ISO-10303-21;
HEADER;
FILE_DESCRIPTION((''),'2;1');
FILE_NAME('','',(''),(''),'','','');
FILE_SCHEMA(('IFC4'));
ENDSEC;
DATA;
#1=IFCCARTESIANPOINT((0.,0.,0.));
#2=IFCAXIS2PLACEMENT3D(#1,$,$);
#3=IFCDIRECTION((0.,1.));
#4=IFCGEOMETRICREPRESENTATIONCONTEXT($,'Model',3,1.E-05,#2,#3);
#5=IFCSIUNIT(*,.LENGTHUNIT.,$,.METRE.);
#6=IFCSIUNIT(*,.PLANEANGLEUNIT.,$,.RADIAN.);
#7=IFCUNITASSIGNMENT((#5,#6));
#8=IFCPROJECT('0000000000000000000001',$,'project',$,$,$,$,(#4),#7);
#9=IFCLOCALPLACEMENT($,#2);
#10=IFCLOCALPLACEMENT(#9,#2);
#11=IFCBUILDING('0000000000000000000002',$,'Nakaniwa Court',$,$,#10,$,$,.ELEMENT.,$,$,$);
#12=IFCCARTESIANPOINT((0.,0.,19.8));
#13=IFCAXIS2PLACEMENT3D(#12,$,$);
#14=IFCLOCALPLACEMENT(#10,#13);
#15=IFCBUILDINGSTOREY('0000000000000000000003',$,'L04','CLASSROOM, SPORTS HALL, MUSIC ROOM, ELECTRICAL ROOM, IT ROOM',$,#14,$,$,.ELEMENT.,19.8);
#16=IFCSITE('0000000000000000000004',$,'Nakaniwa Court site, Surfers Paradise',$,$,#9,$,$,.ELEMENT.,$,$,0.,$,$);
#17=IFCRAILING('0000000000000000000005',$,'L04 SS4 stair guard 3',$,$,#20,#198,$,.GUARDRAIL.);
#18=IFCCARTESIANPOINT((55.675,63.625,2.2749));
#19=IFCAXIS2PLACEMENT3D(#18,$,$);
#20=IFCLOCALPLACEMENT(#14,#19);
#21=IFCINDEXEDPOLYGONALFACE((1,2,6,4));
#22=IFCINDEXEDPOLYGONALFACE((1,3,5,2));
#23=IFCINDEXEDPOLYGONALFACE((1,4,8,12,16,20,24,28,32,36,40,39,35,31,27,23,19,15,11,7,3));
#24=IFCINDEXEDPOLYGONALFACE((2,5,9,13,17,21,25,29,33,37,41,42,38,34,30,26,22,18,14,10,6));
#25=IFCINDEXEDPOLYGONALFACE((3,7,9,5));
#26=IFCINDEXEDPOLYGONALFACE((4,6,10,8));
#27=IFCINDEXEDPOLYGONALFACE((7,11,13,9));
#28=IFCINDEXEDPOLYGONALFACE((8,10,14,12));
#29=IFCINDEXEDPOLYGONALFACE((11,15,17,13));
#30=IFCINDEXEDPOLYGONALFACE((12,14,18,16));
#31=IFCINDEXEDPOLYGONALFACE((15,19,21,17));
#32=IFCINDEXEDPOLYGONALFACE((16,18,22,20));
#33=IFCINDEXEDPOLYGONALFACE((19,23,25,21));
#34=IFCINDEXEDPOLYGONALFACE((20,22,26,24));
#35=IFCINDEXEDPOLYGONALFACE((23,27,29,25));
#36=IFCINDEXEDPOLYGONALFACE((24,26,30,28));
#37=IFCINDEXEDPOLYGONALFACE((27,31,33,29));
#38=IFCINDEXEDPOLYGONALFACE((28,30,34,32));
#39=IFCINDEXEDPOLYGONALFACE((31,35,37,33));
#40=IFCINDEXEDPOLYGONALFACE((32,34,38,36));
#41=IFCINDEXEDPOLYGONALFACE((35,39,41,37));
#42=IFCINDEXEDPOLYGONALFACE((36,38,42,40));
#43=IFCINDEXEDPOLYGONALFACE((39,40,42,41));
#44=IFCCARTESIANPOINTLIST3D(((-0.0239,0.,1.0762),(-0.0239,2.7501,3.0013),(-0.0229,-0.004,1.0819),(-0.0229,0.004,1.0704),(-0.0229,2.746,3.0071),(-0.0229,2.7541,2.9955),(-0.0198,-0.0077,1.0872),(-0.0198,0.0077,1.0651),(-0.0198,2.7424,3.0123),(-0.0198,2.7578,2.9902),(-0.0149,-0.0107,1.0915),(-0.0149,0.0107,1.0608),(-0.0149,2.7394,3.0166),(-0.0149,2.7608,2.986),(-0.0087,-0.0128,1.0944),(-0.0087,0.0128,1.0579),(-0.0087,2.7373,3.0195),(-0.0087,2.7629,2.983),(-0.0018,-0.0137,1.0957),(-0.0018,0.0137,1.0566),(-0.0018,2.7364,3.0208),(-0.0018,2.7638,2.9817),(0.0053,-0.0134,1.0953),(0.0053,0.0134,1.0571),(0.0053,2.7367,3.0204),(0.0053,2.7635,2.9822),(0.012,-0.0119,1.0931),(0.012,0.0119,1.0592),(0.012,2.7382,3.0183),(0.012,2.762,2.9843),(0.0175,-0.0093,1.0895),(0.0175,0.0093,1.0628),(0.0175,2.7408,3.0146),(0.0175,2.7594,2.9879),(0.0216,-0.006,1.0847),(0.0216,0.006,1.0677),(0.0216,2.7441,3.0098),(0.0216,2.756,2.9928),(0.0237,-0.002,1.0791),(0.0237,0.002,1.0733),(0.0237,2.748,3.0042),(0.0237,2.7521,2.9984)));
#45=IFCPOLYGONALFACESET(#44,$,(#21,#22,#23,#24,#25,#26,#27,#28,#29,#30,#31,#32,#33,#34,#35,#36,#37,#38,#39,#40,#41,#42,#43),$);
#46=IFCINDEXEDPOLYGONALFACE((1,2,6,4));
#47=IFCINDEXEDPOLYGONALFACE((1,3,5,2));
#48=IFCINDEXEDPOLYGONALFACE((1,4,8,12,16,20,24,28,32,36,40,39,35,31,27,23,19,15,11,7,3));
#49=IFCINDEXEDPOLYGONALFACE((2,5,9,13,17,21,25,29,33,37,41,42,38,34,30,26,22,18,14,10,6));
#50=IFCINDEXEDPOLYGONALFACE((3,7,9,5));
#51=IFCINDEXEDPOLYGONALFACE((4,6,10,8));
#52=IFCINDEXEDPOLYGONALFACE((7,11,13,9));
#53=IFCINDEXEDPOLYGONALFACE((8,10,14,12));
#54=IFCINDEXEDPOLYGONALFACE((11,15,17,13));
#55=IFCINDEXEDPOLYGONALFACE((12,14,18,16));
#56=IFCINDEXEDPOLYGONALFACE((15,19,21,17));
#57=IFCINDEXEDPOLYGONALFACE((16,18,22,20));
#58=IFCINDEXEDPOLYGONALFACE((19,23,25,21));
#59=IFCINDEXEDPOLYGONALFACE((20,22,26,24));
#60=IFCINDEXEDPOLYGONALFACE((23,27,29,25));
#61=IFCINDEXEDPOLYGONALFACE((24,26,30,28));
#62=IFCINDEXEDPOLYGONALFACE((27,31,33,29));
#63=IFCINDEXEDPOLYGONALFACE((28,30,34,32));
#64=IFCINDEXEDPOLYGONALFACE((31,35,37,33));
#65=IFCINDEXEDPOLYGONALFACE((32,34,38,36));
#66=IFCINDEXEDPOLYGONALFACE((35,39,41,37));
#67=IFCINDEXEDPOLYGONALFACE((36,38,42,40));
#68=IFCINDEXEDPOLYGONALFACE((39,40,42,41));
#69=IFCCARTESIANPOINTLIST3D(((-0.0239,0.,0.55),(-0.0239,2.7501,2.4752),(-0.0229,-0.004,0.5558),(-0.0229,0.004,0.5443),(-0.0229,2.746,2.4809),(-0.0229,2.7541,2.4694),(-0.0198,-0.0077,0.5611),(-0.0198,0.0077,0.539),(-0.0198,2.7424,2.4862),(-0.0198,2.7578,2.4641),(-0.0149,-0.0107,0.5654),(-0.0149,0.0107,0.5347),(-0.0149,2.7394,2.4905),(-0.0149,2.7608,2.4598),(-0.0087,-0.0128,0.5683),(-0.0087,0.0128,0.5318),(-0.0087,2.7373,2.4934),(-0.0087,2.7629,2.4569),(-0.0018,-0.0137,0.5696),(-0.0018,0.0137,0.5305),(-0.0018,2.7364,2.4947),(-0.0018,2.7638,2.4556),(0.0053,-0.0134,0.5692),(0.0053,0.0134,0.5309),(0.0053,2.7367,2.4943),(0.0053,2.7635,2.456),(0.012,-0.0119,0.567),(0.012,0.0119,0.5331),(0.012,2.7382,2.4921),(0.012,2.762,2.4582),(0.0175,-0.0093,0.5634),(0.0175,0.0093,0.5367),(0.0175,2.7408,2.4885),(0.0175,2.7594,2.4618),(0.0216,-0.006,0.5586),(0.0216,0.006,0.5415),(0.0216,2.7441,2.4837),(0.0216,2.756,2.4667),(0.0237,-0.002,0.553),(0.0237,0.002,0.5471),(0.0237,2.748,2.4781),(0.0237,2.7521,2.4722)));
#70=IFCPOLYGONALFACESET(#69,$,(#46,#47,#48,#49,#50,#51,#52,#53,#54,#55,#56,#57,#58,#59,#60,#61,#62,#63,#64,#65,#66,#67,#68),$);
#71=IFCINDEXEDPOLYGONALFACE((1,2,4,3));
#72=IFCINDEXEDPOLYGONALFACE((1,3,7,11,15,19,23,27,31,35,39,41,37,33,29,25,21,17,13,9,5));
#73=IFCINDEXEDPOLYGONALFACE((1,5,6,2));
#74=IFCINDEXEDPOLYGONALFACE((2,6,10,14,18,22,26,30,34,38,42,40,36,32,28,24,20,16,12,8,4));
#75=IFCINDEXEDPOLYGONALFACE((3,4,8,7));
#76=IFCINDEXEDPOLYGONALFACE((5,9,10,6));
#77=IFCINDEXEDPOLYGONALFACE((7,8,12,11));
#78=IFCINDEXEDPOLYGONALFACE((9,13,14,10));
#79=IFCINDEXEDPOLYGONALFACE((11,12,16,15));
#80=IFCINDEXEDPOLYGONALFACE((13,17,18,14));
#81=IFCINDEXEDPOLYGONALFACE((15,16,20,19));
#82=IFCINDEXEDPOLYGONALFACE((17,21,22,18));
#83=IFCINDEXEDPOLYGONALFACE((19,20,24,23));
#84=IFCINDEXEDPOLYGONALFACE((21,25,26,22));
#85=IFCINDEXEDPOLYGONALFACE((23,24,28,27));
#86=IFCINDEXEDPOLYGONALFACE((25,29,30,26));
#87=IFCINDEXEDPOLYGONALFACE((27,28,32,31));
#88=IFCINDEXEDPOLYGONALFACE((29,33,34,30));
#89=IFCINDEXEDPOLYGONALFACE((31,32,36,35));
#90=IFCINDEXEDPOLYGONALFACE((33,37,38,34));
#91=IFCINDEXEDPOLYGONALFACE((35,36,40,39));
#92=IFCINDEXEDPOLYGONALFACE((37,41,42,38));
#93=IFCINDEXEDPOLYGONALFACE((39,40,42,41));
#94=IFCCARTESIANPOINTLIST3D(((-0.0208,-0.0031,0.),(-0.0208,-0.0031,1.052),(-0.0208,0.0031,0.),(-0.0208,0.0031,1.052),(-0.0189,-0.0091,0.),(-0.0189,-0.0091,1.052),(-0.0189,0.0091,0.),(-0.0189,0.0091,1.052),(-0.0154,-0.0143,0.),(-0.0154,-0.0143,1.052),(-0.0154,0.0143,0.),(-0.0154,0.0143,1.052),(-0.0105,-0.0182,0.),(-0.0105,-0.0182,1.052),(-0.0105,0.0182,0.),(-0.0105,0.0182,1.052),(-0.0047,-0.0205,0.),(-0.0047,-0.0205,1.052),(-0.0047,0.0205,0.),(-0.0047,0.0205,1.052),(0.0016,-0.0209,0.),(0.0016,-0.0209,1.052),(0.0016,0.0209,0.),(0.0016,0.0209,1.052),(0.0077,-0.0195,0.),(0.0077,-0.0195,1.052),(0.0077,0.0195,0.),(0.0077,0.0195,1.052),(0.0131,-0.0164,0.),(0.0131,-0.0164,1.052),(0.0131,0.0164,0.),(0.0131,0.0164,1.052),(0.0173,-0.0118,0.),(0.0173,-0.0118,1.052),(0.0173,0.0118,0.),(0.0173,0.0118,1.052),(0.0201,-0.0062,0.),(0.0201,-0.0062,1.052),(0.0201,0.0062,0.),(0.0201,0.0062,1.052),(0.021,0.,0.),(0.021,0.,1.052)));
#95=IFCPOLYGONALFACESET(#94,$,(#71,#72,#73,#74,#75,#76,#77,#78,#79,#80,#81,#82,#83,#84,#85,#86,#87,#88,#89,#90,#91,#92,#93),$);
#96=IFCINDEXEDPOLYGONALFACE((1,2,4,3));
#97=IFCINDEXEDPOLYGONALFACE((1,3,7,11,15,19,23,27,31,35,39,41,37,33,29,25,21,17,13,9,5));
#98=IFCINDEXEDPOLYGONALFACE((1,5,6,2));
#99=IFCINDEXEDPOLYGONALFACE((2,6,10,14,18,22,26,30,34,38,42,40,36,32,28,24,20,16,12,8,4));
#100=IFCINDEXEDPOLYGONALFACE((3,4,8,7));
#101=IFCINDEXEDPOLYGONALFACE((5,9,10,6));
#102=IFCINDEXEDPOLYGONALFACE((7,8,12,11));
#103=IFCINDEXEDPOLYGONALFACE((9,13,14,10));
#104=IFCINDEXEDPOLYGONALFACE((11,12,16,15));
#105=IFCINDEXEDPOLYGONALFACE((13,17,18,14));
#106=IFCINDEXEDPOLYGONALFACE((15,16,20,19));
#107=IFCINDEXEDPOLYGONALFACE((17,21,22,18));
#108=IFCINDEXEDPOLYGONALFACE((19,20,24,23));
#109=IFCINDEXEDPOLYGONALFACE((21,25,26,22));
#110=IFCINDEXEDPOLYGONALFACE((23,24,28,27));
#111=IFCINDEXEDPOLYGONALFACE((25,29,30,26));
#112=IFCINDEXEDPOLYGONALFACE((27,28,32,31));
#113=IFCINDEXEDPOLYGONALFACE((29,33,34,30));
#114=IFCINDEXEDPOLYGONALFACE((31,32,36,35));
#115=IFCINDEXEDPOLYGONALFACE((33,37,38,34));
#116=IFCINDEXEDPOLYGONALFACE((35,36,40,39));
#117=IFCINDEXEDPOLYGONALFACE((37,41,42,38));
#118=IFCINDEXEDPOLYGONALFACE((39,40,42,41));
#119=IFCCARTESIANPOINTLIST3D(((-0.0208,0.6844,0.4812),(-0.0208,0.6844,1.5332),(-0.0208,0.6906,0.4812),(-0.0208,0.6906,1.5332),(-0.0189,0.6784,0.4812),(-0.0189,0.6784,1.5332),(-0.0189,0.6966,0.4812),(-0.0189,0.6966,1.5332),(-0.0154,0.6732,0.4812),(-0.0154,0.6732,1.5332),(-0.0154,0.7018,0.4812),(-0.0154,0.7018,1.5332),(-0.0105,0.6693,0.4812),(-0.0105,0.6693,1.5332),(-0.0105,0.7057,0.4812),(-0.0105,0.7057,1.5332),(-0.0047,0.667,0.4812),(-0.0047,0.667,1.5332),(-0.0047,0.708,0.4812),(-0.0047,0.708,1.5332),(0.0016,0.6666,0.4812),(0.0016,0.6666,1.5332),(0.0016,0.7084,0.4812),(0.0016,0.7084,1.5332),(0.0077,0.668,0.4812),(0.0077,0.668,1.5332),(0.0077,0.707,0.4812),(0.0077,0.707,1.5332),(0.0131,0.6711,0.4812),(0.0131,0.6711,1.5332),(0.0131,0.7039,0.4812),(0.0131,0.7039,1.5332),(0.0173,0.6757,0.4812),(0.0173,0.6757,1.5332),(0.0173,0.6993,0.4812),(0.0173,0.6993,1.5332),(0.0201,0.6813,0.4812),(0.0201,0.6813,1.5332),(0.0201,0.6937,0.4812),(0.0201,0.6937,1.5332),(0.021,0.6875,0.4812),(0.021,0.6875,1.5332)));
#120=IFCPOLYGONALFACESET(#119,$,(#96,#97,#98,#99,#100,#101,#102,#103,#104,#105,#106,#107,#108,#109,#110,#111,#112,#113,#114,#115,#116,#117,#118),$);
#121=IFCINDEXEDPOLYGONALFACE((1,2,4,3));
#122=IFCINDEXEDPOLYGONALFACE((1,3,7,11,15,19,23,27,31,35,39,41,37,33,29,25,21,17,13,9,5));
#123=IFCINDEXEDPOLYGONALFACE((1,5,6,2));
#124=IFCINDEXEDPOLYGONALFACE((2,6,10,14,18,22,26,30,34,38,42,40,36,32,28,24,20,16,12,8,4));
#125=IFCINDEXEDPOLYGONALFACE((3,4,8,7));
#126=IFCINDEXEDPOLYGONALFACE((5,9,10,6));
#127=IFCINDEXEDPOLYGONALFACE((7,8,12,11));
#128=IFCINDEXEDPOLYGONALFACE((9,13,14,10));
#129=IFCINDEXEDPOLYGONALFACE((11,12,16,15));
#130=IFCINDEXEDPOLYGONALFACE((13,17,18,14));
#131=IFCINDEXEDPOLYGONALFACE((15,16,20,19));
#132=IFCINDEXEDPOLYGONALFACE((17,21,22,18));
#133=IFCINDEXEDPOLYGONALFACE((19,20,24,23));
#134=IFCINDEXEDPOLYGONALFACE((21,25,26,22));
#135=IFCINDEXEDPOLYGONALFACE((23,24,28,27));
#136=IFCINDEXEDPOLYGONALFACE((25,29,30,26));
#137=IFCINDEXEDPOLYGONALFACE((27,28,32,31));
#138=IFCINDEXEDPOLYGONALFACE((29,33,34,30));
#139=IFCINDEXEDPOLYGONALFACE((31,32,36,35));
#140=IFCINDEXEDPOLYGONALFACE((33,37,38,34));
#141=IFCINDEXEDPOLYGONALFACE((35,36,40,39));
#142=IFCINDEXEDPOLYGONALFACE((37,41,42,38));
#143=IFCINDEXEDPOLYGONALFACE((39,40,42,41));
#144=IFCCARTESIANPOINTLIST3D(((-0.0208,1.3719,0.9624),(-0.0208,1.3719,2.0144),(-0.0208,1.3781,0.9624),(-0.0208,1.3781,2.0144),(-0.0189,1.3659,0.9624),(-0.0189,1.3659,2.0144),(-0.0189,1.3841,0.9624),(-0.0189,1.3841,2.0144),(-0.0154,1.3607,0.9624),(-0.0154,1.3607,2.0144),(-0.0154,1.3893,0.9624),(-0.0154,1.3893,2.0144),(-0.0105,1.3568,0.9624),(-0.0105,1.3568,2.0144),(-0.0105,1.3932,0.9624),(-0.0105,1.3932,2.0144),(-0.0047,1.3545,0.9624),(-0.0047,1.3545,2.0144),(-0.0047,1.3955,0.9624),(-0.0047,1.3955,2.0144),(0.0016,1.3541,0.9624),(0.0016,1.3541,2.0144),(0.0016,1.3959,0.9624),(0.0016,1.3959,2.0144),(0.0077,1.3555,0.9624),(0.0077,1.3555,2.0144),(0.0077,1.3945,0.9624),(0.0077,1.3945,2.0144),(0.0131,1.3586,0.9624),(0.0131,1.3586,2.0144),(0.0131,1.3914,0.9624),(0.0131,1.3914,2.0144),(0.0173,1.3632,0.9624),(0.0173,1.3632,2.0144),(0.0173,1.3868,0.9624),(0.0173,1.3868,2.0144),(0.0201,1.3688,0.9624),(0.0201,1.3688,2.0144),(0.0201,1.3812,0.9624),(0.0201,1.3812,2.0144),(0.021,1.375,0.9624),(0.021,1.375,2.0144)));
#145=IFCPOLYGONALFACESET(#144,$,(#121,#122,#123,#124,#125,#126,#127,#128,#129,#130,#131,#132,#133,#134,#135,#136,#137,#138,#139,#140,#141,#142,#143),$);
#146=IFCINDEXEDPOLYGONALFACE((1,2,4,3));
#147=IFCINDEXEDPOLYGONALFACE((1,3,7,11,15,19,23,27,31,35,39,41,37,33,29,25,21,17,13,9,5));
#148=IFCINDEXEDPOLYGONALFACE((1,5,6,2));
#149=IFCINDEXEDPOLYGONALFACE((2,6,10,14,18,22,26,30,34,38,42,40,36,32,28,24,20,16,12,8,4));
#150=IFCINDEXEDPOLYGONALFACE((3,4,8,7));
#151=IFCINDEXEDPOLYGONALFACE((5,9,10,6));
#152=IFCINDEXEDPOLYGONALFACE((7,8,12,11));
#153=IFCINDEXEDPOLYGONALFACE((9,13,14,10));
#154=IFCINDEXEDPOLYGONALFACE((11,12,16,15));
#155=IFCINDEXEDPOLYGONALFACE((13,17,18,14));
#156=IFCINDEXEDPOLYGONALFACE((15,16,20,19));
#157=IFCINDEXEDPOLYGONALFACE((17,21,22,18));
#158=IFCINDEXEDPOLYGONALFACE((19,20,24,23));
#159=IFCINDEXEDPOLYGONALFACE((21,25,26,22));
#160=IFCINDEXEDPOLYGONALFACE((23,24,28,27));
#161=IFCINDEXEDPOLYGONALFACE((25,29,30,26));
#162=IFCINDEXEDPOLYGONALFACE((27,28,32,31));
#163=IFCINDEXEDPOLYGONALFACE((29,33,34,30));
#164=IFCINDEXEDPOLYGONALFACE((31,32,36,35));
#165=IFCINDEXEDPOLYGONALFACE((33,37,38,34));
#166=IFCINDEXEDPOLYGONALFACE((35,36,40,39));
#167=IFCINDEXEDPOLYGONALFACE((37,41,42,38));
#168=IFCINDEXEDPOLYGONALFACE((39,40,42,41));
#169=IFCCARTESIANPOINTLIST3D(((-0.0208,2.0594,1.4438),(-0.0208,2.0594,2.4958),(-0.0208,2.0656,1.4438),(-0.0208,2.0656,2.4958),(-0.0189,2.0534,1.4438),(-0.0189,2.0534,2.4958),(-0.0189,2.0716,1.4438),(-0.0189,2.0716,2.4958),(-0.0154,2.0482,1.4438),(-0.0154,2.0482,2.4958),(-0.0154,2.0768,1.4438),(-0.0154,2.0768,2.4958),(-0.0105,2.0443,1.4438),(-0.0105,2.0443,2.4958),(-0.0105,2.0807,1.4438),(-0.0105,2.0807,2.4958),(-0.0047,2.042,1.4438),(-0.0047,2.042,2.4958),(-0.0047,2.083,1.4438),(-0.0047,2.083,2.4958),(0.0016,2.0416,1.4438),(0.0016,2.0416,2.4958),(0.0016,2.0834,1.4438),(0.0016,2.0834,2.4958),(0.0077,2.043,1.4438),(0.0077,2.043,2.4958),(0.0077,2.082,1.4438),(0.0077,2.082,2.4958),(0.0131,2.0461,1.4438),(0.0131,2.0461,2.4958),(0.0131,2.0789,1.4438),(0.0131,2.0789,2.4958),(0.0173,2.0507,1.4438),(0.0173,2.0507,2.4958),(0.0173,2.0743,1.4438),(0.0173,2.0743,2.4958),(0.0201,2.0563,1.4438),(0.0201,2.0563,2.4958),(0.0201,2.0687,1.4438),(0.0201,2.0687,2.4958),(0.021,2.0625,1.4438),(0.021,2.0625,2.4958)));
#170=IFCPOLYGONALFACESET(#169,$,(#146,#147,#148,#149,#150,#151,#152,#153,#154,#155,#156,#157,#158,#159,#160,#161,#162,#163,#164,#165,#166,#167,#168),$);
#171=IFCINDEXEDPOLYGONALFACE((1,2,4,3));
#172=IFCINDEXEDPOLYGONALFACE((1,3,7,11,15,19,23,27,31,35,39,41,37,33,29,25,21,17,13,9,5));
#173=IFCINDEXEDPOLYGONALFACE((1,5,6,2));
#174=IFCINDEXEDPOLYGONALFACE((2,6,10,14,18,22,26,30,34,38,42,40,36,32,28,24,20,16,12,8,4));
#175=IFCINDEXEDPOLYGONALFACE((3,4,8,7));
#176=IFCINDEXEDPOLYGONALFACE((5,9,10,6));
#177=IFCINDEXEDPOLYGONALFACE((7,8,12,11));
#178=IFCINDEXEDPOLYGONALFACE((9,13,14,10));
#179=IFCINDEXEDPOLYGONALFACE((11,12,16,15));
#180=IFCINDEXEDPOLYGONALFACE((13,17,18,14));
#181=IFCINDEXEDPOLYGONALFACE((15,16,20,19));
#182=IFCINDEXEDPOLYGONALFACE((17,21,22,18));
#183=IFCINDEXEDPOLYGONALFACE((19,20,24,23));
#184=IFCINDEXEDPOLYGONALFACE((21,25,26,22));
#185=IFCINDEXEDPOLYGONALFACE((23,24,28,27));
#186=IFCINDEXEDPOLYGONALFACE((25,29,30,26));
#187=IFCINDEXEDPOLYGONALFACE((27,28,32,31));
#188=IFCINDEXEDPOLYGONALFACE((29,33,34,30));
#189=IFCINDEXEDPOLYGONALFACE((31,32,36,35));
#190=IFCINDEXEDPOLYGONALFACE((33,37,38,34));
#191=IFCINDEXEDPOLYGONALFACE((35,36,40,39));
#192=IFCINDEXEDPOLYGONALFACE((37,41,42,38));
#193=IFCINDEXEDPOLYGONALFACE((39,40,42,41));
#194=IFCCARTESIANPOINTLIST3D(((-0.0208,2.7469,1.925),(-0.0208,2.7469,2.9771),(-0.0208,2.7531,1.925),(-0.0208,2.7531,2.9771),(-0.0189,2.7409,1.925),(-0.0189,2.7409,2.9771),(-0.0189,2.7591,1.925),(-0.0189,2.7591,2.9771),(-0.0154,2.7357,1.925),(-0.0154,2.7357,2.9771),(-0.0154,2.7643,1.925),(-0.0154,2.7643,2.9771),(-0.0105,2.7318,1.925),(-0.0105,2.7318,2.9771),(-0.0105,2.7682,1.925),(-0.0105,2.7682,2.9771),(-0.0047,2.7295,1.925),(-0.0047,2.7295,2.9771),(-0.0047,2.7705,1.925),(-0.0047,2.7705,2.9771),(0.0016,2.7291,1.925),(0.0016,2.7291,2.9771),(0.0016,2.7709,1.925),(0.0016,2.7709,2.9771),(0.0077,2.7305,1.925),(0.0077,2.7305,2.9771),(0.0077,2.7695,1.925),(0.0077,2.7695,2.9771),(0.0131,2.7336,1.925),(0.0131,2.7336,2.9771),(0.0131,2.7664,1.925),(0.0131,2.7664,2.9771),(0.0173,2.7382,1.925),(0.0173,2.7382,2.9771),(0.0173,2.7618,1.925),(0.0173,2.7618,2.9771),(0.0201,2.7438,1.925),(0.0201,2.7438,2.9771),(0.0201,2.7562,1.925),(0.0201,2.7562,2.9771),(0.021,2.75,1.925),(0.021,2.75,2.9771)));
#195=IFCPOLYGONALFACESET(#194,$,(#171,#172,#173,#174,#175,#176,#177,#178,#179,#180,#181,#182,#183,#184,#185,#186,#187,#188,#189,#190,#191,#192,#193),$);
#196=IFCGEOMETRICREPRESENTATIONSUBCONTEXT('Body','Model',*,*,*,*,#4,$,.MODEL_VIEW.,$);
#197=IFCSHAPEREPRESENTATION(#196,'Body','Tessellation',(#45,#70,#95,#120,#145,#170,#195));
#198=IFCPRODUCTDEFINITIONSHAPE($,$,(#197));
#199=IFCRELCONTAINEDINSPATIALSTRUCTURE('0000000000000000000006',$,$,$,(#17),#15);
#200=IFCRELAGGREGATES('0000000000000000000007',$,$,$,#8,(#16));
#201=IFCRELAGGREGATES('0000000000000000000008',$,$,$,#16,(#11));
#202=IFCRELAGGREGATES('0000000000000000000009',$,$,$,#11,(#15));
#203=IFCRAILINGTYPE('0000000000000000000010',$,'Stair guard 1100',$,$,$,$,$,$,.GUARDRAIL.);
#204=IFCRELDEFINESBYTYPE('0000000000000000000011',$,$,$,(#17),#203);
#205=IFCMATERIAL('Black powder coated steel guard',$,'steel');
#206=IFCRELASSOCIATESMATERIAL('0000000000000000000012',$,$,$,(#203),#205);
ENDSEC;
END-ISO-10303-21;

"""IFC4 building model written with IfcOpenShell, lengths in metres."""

from ifc_helpers import new_model, si_unit, direction, frame, origin, origin_2d, place, context, subcontext, project, spatial, circle, extrude, material, type_object, element, save


model = new_model("IFC4")

# Units and contexts
model_context = context("Model", 3, precision=1e-05, world=origin(), true_north=direction((0.0, 1.0)))
body_context = subcontext(model_context, "Body", "Model", "MODEL_VIEW")
ifc_project = project(units=[si_unit("LENGTHUNIT", "METRE"), si_unit("PLANEANGLEUNIT", "RADIAN")], contexts=[model_context])

# Site, building, storey
site_placement = place(None, origin())
site = spatial("IfcSite", under=ifc_project, at=site_placement, Name="Nakaniwa Court site, Surfers Paradise", CompositionType="ELEMENT", RefElevation=0.0)
building_placement = place(site_placement, origin())
building = spatial("IfcBuilding", under=site, at=building_placement, Name="Nakaniwa Court", CompositionType="ELEMENT")
storey_placement = place(building_placement, frame((0.0, 0.0, 19.8)))
storey = spatial("IfcBuildingStorey", under=building, at=storey_placement, Name="L04", Description="CLASSROOM, SPORTS HALL, MUSIC ROOM, ELECTRICAL ROOM, IT ROOM", CompositionType="ELEMENT", Elevation=19.8)

# Railing
ifc_material_1 = material(Name="Black powder coated steel guard", Category="steel")
railing_type_1 = type_object("IfcRailingType", Name="Stair guard 1100", PredefinedType="GUARDRAIL", material=ifc_material_1)
railing_1_placement = place(storey_placement, frame((55.675, 63.625, 2.2749)))
element("IfcRailing", 1, at=railing_1_placement, inside=storey, type_object=railing_type_1, Name="L04 SS4 stair guard 3", PredefinedType="GUARDRAIL", context=body_context, shape_type="SweptSolid", body=[
    extrude(circle(Radius=0.0239, at=origin_2d()), frame((0.0, 0.0, 1.0762), z_axis=(0.0, 0.819225, 0.573472), x_axis=(-1.0, 0.0, 0.0)), (0.0, 0.0, 1.0), 3.3569),
    extrude(circle(Radius=0.0239, at=origin_2d()), frame((0.0, 0.0, 0.55), z_axis=(0.0, 0.819225, 0.573472), x_axis=(-1.0, 0.0, 0.0)), (0.0, 0.0, 1.0), 3.3569),
    extrude(circle(Radius=0.021, at=origin_2d()), origin(), (0.0, 0.0, 1.0), 1.052),
    extrude(circle(Radius=0.021, at=origin_2d()), frame((0.0, 0.6875, 0.4812)), (0.0, 0.0, 1.0), 1.052),
    extrude(circle(Radius=0.021, at=origin_2d()), frame((0.0, 1.375, 0.9624)), (0.0, 0.0, 1.0), 1.052),
    extrude(circle(Radius=0.021, at=origin_2d()), frame((0.0, 2.0625, 1.4438)), (0.0, 0.0, 1.0), 1.052),
    extrude(circle(Radius=0.021, at=origin_2d()), frame((0.0, 2.75, 1.925)), (0.0, 0.0, 1.0), 1.052),
])

save(model, "model.ifc")
